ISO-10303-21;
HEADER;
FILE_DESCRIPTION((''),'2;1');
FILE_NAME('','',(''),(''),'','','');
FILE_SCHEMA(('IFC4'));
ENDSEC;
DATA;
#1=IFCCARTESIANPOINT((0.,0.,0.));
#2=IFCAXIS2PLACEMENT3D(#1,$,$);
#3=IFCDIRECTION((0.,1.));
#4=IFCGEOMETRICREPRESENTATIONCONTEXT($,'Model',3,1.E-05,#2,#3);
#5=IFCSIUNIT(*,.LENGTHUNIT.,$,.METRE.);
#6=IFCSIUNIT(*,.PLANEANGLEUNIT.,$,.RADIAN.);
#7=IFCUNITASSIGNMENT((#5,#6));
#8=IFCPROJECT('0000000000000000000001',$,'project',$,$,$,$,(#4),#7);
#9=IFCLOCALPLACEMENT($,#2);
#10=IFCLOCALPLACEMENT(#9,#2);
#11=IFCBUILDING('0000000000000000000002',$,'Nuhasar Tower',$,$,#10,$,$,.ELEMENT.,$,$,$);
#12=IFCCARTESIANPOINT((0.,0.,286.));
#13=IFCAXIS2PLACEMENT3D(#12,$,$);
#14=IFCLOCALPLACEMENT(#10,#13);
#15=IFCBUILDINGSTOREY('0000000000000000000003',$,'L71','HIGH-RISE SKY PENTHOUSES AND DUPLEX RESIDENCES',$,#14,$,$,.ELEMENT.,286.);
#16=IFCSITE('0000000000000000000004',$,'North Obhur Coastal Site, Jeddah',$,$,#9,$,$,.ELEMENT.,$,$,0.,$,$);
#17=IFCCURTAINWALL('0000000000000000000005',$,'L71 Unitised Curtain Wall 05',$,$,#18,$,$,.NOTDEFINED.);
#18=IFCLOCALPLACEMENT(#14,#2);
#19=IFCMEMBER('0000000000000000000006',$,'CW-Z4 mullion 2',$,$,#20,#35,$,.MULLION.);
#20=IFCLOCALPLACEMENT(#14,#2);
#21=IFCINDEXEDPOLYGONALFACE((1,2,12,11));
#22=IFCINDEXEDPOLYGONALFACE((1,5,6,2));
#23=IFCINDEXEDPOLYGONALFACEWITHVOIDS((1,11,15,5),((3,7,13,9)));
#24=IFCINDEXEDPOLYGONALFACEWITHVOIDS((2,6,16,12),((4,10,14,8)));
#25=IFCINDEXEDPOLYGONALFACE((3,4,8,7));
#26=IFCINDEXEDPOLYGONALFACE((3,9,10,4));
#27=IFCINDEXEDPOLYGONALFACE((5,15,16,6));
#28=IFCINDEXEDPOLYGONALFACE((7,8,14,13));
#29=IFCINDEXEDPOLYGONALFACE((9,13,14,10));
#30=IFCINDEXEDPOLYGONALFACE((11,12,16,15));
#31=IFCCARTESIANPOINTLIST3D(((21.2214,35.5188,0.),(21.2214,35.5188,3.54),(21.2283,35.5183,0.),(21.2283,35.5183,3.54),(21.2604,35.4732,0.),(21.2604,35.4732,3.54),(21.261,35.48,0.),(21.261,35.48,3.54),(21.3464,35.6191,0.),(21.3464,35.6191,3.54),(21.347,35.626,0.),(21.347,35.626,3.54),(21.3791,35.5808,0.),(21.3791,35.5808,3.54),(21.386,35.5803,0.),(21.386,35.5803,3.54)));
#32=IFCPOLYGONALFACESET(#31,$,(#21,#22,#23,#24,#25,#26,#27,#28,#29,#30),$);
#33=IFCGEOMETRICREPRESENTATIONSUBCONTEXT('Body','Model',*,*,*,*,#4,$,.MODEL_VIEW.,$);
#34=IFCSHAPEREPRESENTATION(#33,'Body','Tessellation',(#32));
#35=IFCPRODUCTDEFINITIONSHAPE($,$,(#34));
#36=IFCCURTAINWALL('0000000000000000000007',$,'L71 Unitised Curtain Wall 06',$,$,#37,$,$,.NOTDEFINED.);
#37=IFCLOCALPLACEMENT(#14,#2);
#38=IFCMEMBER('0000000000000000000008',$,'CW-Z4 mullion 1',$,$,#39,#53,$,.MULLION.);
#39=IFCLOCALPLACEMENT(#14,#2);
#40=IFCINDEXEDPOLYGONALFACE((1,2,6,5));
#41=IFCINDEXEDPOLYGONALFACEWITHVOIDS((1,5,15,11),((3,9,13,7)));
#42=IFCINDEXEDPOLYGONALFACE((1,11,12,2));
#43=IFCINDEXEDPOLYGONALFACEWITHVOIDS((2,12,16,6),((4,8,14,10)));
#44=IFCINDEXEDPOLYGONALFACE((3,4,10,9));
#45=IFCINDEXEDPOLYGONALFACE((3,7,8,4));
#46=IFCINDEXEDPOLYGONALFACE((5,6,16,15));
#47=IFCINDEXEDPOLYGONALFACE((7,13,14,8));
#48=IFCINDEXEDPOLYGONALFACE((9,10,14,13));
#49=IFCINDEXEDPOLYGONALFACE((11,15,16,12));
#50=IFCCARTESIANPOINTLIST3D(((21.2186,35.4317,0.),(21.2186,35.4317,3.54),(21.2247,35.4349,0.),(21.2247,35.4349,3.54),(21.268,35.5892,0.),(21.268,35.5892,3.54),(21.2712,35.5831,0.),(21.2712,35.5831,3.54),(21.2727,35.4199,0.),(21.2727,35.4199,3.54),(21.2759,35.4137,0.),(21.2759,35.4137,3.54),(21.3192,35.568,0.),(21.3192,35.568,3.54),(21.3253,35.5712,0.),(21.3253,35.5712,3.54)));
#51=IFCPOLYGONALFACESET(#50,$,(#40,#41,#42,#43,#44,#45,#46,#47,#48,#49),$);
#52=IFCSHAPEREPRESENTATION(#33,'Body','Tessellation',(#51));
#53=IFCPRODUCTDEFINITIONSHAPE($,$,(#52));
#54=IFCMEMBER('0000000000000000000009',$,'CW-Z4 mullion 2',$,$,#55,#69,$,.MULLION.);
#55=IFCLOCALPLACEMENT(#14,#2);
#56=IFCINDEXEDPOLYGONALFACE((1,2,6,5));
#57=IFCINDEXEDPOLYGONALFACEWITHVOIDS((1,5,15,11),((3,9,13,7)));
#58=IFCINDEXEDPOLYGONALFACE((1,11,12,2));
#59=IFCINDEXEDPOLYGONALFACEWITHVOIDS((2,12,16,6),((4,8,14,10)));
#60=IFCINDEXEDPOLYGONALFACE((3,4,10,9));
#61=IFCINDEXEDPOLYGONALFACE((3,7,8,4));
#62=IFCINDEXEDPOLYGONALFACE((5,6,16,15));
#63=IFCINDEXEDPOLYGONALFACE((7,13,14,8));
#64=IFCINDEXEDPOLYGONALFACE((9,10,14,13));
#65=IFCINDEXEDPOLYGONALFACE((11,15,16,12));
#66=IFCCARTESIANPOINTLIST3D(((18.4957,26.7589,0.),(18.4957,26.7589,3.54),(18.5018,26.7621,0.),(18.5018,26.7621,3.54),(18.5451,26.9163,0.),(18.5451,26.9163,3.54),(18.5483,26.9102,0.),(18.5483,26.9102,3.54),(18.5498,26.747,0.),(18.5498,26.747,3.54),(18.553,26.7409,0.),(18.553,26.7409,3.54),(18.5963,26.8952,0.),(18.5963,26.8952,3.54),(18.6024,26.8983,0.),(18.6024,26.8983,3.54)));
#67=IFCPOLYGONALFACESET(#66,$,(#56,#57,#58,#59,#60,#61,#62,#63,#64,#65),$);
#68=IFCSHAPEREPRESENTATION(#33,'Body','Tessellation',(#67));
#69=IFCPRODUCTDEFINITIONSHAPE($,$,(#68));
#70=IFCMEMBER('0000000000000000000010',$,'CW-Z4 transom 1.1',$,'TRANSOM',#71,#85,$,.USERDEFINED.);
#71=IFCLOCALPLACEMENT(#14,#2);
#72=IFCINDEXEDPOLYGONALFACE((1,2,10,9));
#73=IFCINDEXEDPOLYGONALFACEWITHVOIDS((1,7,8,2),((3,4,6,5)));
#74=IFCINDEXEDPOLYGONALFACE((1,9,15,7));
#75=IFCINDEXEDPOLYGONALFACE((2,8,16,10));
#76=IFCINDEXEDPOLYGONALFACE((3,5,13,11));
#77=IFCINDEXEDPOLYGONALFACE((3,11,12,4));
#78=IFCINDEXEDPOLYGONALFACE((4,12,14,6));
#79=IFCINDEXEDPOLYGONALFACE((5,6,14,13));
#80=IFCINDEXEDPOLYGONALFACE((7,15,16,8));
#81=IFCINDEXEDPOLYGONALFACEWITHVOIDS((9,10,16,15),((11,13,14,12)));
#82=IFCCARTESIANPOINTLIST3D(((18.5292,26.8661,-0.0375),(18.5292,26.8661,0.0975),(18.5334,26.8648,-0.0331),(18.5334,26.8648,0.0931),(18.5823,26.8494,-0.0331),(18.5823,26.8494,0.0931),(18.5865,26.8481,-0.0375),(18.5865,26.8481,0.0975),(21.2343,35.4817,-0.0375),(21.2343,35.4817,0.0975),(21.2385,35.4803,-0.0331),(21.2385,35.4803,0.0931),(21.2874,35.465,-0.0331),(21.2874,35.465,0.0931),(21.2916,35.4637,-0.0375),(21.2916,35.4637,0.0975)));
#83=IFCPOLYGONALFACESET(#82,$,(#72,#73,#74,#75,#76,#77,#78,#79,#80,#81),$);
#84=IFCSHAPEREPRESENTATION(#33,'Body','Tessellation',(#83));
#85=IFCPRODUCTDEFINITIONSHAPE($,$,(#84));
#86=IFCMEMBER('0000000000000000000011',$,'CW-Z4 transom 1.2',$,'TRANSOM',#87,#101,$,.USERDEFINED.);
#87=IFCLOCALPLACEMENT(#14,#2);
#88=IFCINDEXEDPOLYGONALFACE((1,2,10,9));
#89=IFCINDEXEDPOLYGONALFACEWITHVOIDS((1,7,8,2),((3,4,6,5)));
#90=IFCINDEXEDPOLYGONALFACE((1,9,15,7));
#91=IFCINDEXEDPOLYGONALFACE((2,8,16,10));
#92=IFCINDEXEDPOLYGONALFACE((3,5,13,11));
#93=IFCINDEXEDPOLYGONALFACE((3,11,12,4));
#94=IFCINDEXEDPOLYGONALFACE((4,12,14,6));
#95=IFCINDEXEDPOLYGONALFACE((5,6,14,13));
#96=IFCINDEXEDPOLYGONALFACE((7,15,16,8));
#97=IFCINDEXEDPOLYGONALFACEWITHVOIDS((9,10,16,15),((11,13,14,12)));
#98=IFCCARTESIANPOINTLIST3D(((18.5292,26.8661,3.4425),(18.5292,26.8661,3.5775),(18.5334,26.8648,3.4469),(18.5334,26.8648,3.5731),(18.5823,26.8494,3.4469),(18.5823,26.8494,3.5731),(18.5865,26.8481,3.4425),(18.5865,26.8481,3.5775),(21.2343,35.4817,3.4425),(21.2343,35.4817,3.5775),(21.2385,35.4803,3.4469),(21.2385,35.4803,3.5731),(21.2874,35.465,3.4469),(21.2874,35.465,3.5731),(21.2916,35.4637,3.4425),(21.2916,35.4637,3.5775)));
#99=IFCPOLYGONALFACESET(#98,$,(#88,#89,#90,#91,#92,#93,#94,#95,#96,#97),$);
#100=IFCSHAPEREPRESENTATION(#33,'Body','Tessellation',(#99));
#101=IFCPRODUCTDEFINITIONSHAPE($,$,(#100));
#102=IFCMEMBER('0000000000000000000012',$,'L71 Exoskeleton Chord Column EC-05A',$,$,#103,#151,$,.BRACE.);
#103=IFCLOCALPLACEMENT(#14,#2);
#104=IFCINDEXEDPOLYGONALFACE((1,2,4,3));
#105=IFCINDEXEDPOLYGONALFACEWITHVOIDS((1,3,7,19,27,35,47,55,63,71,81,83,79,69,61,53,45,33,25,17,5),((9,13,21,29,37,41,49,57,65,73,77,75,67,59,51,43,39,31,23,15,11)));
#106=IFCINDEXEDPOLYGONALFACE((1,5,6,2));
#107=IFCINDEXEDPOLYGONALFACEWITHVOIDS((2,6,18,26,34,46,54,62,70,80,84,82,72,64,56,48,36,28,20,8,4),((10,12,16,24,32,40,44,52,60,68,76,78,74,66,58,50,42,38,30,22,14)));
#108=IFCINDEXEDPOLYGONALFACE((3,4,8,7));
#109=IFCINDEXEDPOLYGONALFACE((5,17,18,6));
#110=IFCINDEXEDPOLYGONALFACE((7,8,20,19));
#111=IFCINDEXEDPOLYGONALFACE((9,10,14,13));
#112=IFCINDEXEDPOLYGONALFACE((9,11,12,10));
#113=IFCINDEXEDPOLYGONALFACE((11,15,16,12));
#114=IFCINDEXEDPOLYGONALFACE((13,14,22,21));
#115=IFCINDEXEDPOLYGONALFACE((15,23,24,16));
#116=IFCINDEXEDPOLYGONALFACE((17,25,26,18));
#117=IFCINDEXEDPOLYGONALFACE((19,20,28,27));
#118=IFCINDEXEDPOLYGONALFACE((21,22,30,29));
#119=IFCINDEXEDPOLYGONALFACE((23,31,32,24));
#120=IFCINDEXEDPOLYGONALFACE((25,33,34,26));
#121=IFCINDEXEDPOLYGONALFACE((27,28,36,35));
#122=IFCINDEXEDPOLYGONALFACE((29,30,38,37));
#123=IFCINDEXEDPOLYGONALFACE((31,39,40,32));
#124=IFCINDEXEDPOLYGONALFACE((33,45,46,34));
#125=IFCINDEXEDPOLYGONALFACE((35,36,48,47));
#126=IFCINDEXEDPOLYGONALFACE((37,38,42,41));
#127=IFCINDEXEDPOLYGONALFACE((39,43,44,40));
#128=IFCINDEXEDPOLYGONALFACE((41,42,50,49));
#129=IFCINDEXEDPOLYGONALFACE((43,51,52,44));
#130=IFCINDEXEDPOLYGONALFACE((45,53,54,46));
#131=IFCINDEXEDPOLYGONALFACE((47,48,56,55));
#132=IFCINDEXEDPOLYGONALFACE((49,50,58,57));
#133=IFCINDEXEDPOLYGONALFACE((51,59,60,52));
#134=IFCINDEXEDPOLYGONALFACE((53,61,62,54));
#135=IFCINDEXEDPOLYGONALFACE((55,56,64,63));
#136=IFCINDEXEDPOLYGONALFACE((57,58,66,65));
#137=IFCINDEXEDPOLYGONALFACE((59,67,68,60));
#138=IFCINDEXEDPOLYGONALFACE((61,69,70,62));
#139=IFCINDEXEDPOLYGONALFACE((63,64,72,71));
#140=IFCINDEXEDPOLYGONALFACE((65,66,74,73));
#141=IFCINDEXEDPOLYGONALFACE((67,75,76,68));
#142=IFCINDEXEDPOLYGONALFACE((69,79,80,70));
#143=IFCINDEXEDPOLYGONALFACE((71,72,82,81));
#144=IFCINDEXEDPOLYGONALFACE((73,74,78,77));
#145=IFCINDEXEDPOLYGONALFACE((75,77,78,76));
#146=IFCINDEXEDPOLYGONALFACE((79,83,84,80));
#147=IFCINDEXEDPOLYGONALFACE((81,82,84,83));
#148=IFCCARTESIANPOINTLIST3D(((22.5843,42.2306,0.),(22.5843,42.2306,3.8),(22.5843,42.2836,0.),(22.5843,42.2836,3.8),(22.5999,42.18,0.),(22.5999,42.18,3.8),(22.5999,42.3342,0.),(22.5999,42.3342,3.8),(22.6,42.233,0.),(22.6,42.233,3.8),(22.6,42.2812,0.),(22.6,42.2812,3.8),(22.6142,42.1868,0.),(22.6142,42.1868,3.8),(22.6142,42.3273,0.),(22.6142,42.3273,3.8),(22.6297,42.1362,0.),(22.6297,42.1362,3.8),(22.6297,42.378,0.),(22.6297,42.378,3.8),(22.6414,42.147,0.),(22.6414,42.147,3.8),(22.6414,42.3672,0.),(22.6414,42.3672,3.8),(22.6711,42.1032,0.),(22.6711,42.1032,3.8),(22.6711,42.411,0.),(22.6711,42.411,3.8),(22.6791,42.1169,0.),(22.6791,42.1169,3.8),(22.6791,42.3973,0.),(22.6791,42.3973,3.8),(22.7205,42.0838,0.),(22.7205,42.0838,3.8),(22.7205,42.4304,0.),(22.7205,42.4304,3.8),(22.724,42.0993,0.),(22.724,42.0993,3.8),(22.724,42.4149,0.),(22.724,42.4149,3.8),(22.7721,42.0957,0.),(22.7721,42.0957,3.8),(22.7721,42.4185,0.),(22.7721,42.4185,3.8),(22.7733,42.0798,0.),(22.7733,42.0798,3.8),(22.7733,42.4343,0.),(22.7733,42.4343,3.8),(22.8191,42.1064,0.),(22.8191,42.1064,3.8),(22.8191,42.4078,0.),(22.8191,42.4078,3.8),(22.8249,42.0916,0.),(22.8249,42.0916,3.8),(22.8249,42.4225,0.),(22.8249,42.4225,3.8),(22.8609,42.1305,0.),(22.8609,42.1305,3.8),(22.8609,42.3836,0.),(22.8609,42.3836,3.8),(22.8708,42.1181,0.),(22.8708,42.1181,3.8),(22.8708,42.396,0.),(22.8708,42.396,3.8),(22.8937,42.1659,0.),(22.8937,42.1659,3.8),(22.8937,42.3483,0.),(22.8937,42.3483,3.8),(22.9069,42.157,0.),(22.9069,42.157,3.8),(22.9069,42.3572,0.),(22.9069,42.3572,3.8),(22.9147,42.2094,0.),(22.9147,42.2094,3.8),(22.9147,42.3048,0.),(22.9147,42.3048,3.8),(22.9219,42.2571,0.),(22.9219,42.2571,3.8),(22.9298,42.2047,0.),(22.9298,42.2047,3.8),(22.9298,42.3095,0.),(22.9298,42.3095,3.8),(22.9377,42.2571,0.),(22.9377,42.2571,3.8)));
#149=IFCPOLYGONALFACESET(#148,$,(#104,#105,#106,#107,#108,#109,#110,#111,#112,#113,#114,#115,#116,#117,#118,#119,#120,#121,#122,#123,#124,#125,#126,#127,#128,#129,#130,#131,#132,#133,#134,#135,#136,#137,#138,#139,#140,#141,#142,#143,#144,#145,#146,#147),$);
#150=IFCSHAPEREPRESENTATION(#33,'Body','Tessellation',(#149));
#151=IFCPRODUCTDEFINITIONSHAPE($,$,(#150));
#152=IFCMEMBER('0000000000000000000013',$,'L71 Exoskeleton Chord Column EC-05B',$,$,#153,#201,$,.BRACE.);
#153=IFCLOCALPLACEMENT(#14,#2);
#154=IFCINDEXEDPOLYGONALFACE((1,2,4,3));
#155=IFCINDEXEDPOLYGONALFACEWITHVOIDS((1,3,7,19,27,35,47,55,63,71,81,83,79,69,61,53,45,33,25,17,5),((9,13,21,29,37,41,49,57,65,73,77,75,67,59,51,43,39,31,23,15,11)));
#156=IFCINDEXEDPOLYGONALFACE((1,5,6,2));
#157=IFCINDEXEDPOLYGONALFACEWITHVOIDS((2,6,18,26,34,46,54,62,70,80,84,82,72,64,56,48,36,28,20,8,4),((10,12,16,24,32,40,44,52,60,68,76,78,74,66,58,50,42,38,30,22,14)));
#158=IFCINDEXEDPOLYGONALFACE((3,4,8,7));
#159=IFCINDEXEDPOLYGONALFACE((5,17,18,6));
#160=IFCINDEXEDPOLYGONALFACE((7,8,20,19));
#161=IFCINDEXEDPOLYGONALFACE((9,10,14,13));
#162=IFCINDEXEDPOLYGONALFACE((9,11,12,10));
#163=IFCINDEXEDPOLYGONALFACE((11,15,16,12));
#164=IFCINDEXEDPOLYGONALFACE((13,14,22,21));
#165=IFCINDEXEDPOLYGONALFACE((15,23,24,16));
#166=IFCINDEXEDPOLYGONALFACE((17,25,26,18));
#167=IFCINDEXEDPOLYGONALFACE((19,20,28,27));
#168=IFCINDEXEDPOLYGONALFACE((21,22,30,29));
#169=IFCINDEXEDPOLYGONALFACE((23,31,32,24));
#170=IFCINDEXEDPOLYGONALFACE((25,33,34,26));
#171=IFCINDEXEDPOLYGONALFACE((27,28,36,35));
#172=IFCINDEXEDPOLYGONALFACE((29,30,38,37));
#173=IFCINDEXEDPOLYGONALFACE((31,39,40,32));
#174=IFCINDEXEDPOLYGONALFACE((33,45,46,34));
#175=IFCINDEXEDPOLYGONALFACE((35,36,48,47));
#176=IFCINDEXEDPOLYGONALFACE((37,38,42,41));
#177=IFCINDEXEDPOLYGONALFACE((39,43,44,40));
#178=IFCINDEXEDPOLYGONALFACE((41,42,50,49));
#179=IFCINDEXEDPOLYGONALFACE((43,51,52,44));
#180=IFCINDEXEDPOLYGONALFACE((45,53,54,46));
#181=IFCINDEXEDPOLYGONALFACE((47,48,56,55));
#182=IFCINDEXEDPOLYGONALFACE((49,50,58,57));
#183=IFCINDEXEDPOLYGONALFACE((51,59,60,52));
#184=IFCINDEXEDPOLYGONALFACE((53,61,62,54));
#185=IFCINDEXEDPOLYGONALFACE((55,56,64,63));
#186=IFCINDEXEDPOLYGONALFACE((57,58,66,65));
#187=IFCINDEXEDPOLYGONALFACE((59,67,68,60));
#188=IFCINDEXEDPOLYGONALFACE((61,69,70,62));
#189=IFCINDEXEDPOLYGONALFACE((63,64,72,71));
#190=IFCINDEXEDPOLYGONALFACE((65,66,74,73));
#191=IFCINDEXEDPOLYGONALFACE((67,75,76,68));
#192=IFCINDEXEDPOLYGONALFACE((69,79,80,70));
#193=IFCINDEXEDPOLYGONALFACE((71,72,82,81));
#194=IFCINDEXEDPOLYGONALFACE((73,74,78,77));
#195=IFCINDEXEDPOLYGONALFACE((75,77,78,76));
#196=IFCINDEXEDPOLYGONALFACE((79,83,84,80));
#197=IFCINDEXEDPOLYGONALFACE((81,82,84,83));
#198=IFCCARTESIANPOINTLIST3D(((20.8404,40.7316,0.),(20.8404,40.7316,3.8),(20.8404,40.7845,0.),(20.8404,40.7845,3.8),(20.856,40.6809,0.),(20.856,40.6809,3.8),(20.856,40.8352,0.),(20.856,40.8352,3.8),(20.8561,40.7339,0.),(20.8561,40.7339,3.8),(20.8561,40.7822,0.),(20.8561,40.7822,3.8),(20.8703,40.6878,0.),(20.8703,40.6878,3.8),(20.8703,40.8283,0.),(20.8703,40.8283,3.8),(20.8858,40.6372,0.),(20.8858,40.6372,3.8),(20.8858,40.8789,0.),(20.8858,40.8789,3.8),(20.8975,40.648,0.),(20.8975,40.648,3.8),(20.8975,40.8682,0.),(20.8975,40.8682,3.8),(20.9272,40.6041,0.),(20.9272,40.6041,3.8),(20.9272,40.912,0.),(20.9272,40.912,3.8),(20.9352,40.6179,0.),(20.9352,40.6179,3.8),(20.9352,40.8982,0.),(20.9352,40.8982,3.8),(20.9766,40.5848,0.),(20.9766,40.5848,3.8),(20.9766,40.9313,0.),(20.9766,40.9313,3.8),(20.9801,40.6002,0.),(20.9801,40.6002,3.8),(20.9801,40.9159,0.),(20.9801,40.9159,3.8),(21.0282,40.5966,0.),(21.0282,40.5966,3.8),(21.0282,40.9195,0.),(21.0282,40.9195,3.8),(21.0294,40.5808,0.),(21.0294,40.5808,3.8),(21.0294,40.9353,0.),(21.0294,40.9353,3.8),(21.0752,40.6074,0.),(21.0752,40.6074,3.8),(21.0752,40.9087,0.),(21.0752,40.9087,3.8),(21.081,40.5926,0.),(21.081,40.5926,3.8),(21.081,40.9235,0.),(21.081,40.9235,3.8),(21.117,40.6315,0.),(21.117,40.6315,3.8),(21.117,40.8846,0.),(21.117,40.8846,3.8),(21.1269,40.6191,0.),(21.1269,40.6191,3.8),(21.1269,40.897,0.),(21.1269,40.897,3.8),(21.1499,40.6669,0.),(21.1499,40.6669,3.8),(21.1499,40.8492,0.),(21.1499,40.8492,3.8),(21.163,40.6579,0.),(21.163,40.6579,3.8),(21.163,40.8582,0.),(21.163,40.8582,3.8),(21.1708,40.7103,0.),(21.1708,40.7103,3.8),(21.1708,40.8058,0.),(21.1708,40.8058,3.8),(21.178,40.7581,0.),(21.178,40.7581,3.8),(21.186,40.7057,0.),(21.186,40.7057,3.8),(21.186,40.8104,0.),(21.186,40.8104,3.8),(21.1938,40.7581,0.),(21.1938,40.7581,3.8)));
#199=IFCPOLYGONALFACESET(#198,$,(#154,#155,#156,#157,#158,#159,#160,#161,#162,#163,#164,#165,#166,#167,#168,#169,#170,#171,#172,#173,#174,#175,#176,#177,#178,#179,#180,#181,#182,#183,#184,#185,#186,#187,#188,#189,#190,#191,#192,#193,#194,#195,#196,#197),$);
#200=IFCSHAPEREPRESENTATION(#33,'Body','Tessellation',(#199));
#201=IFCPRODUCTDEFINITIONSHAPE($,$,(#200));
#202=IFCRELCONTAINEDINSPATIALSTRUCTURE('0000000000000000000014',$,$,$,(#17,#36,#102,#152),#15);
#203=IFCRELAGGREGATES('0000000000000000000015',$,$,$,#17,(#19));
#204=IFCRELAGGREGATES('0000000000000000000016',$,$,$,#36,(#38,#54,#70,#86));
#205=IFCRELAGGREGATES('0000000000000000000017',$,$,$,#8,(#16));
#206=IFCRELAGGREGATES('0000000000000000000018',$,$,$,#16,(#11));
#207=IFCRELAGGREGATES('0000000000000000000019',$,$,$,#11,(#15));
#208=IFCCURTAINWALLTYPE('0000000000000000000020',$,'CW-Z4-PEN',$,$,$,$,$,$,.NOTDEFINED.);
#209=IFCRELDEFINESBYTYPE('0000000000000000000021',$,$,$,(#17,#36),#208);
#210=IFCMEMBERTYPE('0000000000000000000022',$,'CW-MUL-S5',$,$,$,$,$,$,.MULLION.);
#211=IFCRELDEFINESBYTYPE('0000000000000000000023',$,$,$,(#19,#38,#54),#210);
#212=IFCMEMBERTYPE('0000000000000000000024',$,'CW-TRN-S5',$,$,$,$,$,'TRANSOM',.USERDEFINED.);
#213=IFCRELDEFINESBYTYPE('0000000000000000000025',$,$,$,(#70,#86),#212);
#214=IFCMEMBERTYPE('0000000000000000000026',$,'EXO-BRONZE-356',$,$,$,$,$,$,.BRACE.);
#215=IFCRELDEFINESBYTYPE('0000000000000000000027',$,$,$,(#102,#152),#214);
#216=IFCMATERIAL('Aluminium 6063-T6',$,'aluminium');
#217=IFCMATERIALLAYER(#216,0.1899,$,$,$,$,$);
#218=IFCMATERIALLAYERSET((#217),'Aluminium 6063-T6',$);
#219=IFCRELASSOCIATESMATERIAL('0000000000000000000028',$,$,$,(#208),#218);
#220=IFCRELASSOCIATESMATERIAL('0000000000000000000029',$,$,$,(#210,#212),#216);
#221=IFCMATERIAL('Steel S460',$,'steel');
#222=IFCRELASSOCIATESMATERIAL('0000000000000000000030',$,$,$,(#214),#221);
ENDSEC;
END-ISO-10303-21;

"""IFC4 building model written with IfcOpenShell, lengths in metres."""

from ifc_helpers import new_model, si_unit, direction, frame, origin, origin_2d, place, context, subcontext, project, spatial, hollow_rectangle, hollow_circle, extrude, material, layer, layer_set, material_profile, profile_set, type_object, element, aggregate, save


model = new_model("IFC4")

# Units and contexts
model_context = context("Model", 3, precision=1e-05, world=origin(), true_north=direction((0.0, 1.0)))
body_context = subcontext(model_context, "Body", "Model", "MODEL_VIEW")
ifc_project = project(units=[si_unit("LENGTHUNIT", "METRE"), si_unit("PLANEANGLEUNIT", "RADIAN")], contexts=[model_context])

# Site, building, storey
site_placement = place(None, origin())
site = spatial("IfcSite", under=ifc_project, at=site_placement, Name="North Obhur Coastal Site, Jeddah", CompositionType="ELEMENT", RefElevation=0.0)
building_placement = place(site_placement, origin())
building = spatial("IfcBuilding", under=site, at=building_placement, Name="Nuhasar Tower", CompositionType="ELEMENT")
storey_placement = place(building_placement, frame((0.0, 0.0, 286.0)))
storey = spatial("IfcBuildingStorey", under=building, at=storey_placement, Name="L71", Description="HIGH-RISE SKY PENTHOUSES AND DUPLEX RESIDENCES", CompositionType="ELEMENT", Elevation=286.0)

# Curtain wall, member
ifc_material_1 = material(Name="Aluminium 6063-T6", Category="aluminium")
ifc_layer_1 = layer(ifc_material_1, 0.1899)
ifc_layer_set_1 = layer_set([ifc_layer_1], Name="Aluminium 6063-T6")
curtain_wall_type = type_object("IfcCurtainWallType", Name="CW-Z4-PEN", PredefinedType="NOTDEFINED", material=ifc_layer_set_1)
curtain_wall_1_placement = place(storey_placement, origin())
curtain_wall_1 = element("IfcCurtainWall", 1, at=curtain_wall_1_placement, inside=storey, type_object=curtain_wall_type, Name="L71 Unitised Curtain Wall 05", PredefinedType="NOTDEFINED")
ifc_material_profile_1 = material_profile(ifc_material_1, hollow_rectangle(XDim=0.0601, YDim=0.165, WallThickness=0.0049, at=origin_2d()), Name="CWM-5")
ifc_profile_set_1 = profile_set([ifc_material_profile_1], Name="Aluminium 6063-T6")
member_type_1 = type_object("IfcMemberType", Name="CW-MUL-S5", PredefinedType="MULLION", material=ifc_profile_set_1)
member_1_placement = place(storey_placement, frame((21.3037, 35.5496, 0.0), z_axis=(0.0, 0.0, 1.0), x_axis=(0.649142, -0.760667, 0.0)))
member_1 = element("IfcMember", 2, at=member_1_placement, type_object=member_type_1, Name="CW-Z4 mullion 2", PredefinedType="MULLION", context=body_context, shape_type="SweptSolid", body=[
    extrude(hollow_rectangle(XDim=0.0601, YDim=0.165, WallThickness=0.0049, at=origin_2d()), origin(), (0.0, 0.0, 1.0), 3.54),
])

# Curtain wall, members
curtain_wall_2_placement = place(storey_placement, origin())
curtain_wall_2 = element("IfcCurtainWall", 3, at=curtain_wall_2_placement, inside=storey, type_object=curtain_wall_type, Name="L71 Unitised Curtain Wall 06", PredefinedType="NOTDEFINED")
member_2_placement = place(storey_placement, frame((21.272, 35.5015, 0.0), z_axis=(0.0, 0.0, 1.0), x_axis=(0.954079, -0.299557, 0.0)))
member_2 = element("IfcMember", 4, at=member_2_placement, type_object=member_type_1, Name="CW-Z4 mullion 1", PredefinedType="MULLION", context=body_context, shape_type="SweptSolid", body=[
    extrude(hollow_rectangle(XDim=0.0601, YDim=0.165, WallThickness=0.0049, at=origin_2d()), origin(), (0.0, 0.0, 1.0), 3.54),
])
member_3_placement = place(storey_placement, frame((18.5491, 26.8286, 0.0), z_axis=(0.0, 0.0, 1.0), x_axis=(0.954079, -0.299557, 0.0)))
member_3 = element("IfcMember", 5, at=member_3_placement, type_object=member_type_1, Name="CW-Z4 mullion 2", PredefinedType="MULLION", context=body_context, shape_type="SweptSolid", body=[
    extrude(hollow_rectangle(XDim=0.0601, YDim=0.165, WallThickness=0.0049, at=origin_2d()), origin(), (0.0, 0.0, 1.0), 3.54),
])
ifc_material_profile_2 = material_profile(ifc_material_1, hollow_rectangle(XDim=0.0601, YDim=0.135, WallThickness=0.0044, at=origin_2d()), Name="CWT-5")
ifc_profile_set_2 = profile_set([ifc_material_profile_2], Name="Aluminium 6063-T6")
member_type_2 = type_object("IfcMemberType", Name="CW-TRN-S5", ElementType="TRANSOM", PredefinedType="USERDEFINED", material=ifc_profile_set_2)
member_4_placement = place(storey_placement, frame((21.2629, 35.4727, 0.03), z_axis=(-0.29956, -0.954077, 0.0), x_axis=(0.954077, -0.29956, 0.0)))
member_4 = element("IfcMember", 6, at=member_4_placement, type_object=member_type_2, Name="CW-Z4 transom 1.1", ObjectType="TRANSOM", PredefinedType="USERDEFINED", context=body_context, shape_type="SweptSolid", body=[
    extrude(hollow_rectangle(XDim=0.0601, YDim=0.135, WallThickness=0.0044, at=origin_2d()), origin(), (0.0, 0.0, 1.0), 9.0303),
])
member_5_placement = place(storey_placement, frame((21.2629, 35.4727, 3.51), z_axis=(-0.29956, -0.954077, 0.0), x_axis=(0.954077, -0.29956, 0.0)))
member_5 = element("IfcMember", 7, at=member_5_placement, type_object=member_type_2, Name="CW-Z4 transom 1.2", ObjectType="TRANSOM", PredefinedType="USERDEFINED", context=body_context, shape_type="SweptSolid", body=[
    extrude(hollow_rectangle(XDim=0.0601, YDim=0.135, WallThickness=0.0044, at=origin_2d()), origin(), (0.0, 0.0, 1.0), 9.0303),
])

# Members
ifc_material_2 = material(Name="Steel S460", Category="steel")
ifc_material_profile_3 = material_profile(ifc_material_2, hollow_circle(Radius=0.1777, WallThickness=0.0159, at=origin_2d()), Name="HSS355.6X15.9")
ifc_profile_set_3 = profile_set([ifc_material_profile_3], Name="Steel S460")
member_type_3 = type_object("IfcMemberType", Name="EXO-BRONZE-356", PredefinedType="BRACE", material=ifc_profile_set_3)
for number, where, z_axis, x_axis, name in (
    (8, (22.76, 42.2571, 0.0), (0.0, 0.0, 1.0), (1.0, 0.0, 0.0), "L71 Exoskeleton Chord Column EC-05A"),
    (9, (21.0161, 40.7581, 0.0), (0.0, 0.0, 1.0), (1.0, 0.0, 0.0), "L71 Exoskeleton Chord Column EC-05B"),
):
    element("IfcMember", number, at=place(storey_placement, frame(where, z_axis=z_axis, x_axis=x_axis)), inside=storey, type_object=member_type_3, Name=name, PredefinedType="BRACE", context=body_context, shape_type="SweptSolid", body=[
        extrude(hollow_circle(Radius=0.1777, WallThickness=0.0159, at=origin_2d()), origin(), (0.0, 0.0, 1.0), 3.8),
    ])

aggregate(curtain_wall_1, [member_1])
aggregate(curtain_wall_2, [member_2, member_3, member_4, member_5])

save(model, "model.ifc")
